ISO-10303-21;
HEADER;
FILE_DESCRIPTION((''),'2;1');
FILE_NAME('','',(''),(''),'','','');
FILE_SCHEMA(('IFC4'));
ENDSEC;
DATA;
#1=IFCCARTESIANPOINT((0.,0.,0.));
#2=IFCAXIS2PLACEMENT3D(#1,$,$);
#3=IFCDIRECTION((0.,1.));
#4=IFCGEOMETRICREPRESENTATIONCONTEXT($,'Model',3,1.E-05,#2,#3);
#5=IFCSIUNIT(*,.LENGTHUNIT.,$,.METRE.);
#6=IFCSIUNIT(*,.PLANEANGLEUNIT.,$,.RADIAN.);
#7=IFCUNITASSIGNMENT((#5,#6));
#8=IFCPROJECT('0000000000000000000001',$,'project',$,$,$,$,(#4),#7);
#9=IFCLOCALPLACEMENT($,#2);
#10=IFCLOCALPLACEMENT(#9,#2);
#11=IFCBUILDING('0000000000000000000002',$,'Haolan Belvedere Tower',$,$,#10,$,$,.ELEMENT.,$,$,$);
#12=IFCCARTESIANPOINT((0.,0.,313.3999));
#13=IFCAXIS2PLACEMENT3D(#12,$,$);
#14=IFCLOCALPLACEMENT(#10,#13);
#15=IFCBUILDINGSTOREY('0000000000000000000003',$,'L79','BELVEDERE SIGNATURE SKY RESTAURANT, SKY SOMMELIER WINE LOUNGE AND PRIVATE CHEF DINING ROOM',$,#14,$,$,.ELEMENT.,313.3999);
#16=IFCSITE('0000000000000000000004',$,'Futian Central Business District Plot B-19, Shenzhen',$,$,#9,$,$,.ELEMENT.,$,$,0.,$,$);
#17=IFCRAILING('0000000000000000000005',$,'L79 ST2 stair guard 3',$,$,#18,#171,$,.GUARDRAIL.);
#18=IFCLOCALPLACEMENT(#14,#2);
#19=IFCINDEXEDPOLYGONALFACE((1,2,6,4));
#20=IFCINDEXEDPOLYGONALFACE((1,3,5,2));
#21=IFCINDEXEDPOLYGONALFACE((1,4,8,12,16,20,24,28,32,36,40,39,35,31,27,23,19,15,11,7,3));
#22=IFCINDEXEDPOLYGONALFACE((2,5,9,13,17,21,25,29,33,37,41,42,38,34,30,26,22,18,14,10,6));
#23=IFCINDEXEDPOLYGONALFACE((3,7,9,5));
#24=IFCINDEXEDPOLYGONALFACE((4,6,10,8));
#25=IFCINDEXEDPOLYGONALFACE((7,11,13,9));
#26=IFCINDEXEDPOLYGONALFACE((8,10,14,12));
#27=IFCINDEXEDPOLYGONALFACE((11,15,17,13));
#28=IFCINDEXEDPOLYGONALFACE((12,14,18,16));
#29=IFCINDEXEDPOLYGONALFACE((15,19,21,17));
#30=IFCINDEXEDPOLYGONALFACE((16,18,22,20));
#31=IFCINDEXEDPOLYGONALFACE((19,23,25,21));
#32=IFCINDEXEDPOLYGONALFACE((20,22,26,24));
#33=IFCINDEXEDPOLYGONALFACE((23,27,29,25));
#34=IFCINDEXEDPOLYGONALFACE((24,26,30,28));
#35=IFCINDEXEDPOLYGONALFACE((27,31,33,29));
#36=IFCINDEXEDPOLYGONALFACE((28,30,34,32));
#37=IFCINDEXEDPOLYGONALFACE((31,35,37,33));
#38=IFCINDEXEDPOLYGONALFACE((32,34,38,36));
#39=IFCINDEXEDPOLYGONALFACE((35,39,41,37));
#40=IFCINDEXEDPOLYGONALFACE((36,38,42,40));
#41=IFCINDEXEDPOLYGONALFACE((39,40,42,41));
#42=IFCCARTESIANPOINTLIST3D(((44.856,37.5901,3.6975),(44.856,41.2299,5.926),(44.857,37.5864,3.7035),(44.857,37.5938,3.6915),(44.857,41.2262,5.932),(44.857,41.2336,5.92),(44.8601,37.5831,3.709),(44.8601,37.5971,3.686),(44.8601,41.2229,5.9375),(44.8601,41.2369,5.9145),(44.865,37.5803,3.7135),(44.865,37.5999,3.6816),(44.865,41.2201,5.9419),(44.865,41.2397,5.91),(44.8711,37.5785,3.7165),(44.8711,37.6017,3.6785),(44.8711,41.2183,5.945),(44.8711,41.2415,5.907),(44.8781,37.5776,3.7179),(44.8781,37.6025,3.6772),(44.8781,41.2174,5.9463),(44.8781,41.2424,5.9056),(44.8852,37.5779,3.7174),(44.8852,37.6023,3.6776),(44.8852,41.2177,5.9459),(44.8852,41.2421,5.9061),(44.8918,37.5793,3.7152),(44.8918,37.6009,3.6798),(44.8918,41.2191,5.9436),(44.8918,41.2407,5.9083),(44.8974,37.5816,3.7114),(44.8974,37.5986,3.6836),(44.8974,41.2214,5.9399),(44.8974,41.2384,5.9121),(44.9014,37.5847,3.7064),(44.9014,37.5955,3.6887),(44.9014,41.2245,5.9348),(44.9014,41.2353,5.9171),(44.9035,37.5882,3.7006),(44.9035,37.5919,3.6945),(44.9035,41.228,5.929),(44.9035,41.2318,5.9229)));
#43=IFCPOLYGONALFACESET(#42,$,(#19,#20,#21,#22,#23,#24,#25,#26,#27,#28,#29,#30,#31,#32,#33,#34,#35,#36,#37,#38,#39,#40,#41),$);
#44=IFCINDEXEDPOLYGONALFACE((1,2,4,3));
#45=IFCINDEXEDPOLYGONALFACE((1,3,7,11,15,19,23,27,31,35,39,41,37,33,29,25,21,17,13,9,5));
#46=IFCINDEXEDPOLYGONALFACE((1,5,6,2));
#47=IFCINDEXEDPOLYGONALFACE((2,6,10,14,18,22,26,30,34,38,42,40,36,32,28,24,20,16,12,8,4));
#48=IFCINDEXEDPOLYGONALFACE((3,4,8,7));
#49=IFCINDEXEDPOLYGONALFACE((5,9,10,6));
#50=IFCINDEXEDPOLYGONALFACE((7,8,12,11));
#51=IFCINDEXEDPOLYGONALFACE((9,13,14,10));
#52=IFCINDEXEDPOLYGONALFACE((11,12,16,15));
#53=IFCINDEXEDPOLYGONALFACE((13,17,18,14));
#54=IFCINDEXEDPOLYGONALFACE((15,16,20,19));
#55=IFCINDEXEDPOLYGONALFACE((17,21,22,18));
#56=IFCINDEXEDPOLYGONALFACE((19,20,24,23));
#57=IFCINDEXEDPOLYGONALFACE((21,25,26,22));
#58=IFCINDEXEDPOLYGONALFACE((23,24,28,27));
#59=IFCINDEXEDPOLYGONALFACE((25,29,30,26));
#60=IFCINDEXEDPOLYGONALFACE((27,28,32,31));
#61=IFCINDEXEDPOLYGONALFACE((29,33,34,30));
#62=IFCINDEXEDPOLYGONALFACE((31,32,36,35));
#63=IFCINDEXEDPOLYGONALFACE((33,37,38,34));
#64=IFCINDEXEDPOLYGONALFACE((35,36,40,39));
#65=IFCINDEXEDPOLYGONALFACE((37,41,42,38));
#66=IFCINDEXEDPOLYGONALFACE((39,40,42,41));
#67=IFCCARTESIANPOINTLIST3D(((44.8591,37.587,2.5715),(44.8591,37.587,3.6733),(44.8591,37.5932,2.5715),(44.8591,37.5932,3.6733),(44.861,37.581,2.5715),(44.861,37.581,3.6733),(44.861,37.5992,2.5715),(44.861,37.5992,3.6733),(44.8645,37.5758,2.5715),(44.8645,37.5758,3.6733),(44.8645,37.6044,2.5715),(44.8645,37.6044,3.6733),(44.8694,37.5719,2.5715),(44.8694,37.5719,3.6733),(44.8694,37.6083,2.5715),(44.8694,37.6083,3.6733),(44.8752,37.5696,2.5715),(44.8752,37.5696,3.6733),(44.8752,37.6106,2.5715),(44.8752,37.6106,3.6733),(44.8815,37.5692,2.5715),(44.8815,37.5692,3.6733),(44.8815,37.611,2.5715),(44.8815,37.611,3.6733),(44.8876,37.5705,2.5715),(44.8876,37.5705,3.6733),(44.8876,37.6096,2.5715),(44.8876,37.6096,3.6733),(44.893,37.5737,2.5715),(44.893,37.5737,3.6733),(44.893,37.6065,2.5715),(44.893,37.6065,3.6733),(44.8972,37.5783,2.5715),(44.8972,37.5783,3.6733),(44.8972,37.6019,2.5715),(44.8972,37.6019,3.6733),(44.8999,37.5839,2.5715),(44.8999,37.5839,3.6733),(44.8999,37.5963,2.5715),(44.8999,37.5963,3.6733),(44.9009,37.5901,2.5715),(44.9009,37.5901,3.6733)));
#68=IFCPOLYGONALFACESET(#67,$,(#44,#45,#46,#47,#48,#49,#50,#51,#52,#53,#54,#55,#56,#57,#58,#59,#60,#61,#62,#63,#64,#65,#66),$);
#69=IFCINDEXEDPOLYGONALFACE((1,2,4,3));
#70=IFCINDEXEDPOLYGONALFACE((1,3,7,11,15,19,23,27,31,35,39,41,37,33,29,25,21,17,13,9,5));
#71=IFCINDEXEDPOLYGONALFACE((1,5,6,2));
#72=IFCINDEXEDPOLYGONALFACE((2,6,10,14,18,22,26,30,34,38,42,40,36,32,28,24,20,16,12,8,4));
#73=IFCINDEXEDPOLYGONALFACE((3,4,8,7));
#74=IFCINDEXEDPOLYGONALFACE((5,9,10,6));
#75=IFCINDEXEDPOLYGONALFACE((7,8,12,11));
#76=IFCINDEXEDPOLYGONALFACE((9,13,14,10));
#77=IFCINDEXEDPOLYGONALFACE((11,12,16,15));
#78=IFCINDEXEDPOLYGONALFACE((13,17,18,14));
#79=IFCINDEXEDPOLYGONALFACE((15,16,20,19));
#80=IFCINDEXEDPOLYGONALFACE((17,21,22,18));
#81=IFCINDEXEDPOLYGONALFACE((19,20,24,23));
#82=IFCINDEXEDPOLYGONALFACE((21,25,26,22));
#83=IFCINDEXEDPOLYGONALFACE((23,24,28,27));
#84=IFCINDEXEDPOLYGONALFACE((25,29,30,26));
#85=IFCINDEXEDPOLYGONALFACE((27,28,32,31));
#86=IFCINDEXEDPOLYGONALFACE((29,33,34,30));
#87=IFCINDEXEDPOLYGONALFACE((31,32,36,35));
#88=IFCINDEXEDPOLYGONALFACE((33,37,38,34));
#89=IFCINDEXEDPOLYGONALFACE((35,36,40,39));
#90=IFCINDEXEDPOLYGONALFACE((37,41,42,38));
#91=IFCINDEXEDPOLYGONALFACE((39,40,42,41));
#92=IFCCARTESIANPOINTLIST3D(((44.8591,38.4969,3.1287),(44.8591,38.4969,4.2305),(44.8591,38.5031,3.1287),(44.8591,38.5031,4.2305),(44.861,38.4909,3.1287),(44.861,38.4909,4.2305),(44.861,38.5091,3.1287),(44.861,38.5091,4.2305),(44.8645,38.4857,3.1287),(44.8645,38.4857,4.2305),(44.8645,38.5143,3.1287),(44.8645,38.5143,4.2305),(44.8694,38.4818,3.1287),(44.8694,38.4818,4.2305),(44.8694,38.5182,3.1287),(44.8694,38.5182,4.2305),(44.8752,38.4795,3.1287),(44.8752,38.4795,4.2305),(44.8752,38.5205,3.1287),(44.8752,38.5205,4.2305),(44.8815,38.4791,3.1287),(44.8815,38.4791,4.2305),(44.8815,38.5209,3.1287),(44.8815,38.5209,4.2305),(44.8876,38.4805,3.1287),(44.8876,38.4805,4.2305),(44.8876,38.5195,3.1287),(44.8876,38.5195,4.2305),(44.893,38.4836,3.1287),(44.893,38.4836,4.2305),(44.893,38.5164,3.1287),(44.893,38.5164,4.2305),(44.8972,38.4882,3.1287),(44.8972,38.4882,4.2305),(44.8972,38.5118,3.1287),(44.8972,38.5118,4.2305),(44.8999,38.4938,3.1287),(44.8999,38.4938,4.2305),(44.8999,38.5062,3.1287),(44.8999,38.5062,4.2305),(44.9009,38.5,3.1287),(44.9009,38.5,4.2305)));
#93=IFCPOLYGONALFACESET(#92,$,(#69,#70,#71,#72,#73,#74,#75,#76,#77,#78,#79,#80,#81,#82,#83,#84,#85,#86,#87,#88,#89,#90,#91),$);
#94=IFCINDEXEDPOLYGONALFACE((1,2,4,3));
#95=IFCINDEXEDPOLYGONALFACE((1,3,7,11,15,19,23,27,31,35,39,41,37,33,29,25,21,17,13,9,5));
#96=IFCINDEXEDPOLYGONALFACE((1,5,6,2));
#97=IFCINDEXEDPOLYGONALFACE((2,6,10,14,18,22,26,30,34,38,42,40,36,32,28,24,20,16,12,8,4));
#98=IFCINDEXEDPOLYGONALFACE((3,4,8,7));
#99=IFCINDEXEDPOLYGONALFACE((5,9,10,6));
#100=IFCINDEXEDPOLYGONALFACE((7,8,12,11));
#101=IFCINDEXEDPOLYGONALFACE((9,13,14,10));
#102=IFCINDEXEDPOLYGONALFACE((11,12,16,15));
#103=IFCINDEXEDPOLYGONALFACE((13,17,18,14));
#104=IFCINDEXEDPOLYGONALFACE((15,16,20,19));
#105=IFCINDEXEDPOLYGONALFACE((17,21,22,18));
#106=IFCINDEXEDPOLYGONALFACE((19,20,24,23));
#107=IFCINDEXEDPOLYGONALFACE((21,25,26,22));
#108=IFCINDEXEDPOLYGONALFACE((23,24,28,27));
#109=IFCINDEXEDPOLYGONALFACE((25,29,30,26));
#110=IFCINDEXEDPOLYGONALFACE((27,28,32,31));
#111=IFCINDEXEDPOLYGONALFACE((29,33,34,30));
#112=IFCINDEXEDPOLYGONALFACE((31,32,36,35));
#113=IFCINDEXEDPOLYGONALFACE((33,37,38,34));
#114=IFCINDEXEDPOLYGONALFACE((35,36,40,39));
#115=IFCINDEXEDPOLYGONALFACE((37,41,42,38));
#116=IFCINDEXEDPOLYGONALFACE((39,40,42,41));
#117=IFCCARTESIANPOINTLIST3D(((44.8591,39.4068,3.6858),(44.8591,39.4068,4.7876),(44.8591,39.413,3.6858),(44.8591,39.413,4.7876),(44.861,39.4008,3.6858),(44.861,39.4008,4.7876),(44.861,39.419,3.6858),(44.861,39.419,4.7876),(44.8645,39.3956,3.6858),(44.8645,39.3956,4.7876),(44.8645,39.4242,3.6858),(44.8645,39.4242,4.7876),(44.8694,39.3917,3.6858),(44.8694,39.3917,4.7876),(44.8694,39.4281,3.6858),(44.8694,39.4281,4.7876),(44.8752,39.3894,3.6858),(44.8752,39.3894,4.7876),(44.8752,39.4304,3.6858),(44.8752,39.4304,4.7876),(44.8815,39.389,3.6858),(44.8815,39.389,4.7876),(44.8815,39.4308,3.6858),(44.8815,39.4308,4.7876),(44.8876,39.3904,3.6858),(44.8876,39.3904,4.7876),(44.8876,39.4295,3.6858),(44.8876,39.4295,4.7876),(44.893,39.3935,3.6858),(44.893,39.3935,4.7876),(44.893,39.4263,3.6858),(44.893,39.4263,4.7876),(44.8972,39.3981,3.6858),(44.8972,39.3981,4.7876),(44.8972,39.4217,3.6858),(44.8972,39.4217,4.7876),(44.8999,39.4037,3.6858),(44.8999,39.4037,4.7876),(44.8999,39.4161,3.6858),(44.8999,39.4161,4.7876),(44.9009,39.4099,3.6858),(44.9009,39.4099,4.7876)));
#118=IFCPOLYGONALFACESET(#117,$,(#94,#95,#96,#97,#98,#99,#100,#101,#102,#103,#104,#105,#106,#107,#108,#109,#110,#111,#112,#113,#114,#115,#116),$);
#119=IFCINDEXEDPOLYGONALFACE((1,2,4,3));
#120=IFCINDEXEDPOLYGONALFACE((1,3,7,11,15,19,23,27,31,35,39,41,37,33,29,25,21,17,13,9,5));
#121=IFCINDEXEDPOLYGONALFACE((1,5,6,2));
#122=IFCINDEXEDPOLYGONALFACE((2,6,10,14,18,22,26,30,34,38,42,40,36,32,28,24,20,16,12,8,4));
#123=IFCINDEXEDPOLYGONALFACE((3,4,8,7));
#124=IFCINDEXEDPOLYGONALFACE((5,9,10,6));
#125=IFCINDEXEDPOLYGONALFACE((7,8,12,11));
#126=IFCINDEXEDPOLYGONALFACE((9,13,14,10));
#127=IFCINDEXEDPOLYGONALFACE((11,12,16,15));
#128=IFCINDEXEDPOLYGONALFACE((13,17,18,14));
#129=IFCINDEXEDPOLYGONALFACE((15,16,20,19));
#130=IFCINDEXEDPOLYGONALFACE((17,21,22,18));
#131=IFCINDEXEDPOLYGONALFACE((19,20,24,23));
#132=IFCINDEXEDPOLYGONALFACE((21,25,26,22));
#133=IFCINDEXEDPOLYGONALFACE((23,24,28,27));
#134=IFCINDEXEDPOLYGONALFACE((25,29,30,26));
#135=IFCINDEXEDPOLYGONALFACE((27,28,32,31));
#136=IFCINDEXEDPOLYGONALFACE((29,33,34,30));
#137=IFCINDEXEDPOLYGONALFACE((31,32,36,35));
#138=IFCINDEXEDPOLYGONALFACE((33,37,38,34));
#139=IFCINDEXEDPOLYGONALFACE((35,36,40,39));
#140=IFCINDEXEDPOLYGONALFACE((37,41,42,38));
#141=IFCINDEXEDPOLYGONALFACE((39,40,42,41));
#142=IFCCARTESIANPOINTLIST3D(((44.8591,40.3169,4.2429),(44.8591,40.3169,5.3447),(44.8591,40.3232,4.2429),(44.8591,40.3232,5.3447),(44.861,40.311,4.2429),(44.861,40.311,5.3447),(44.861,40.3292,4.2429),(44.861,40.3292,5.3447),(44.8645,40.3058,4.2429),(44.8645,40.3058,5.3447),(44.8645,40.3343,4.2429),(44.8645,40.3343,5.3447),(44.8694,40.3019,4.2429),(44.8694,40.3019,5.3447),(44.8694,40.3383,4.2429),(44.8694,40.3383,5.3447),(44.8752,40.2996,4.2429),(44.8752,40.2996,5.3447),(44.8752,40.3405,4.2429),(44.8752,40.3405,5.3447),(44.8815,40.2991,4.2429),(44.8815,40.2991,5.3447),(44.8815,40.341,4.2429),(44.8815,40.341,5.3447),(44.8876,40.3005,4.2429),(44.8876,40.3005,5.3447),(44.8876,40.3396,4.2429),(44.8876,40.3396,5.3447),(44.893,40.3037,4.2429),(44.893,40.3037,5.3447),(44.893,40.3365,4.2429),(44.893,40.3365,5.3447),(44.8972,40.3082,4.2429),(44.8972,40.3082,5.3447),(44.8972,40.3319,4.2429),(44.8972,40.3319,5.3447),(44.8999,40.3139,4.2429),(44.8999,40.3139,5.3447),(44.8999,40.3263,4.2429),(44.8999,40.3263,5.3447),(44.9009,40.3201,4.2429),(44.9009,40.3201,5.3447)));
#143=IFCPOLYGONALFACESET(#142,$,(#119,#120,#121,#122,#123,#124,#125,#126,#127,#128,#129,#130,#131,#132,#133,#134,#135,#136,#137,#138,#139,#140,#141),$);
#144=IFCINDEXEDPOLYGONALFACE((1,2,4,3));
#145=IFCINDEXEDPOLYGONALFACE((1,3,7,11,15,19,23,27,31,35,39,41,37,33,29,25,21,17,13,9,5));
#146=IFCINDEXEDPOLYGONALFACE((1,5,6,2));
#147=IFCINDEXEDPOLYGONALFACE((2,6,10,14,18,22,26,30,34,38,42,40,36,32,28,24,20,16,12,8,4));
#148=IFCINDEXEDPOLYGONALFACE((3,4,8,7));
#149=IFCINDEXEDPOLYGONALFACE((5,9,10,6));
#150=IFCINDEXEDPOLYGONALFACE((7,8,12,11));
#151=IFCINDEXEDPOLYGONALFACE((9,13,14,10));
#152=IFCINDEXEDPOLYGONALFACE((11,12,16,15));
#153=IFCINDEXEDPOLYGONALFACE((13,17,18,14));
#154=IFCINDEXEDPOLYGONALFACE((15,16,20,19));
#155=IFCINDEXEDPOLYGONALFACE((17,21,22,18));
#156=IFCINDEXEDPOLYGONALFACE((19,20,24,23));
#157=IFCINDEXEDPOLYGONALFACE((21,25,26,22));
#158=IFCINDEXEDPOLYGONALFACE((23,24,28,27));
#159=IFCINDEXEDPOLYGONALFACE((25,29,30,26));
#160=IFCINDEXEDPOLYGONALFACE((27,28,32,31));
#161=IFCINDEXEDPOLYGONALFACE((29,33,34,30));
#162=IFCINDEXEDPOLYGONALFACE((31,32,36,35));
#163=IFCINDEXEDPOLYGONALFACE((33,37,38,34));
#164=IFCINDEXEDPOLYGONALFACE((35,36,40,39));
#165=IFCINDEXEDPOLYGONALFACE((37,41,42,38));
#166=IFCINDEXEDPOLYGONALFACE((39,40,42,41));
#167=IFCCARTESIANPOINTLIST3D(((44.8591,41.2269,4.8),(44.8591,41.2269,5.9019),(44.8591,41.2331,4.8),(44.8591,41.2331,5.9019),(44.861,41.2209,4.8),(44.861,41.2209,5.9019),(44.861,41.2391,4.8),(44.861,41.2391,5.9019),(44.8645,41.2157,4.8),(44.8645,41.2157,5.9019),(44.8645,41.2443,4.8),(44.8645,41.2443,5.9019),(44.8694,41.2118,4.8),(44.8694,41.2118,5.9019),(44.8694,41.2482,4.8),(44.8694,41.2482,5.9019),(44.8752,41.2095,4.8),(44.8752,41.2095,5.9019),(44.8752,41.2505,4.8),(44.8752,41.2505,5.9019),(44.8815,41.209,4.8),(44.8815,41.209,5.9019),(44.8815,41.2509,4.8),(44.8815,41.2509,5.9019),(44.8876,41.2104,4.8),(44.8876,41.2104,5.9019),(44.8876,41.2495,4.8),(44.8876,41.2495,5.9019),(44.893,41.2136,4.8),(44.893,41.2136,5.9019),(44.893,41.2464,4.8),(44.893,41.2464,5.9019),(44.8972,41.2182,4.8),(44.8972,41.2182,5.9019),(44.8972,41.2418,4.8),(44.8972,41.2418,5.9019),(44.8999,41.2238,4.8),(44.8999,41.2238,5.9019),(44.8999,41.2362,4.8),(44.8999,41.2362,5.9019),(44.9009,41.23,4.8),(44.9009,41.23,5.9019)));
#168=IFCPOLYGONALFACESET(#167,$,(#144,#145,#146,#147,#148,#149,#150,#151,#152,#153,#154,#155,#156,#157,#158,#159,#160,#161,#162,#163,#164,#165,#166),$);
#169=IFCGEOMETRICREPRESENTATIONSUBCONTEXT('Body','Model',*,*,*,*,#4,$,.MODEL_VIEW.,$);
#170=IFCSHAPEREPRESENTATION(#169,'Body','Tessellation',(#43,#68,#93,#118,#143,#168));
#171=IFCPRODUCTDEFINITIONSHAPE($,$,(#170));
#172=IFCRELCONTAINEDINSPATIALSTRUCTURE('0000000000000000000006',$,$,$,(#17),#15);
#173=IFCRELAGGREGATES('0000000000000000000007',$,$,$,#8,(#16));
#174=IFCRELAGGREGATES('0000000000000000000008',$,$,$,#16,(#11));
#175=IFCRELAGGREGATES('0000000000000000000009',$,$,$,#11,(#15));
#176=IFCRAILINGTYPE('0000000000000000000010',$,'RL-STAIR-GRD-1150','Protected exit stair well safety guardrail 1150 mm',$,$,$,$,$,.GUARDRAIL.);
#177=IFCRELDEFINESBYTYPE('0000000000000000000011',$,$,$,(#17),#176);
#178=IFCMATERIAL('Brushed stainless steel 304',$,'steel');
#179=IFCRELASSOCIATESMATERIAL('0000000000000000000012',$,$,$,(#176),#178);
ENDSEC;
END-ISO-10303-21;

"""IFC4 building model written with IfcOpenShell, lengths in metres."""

from ifc_helpers import new_model, si_unit, direction, frame, origin, origin_2d, place, context, subcontext, project, spatial, circle, extrude, material, type_object, element, save


model = new_model("IFC4")

# Units and contexts
model_context = context("Model", 3, precision=1e-05, world=origin(), true_north=direction((0.0, 1.0)))
body_context = subcontext(model_context, "Body", "Model", "MODEL_VIEW")
ifc_project = project(units=[si_unit("LENGTHUNIT", "METRE"), si_unit("PLANEANGLEUNIT", "RADIAN")], contexts=[model_context])

# Site, building, storey
site_placement = place(None, origin())
site = spatial("IfcSite", under=ifc_project, at=site_placement, Name="Futian Central Business District Plot B-19, Shenzhen", CompositionType="ELEMENT", RefElevation=0.0)
building_placement = place(site_placement, origin())
building = spatial("IfcBuilding", under=site, at=building_placement, Name="Haolan Belvedere Tower", CompositionType="ELEMENT")
storey_placement = place(building_placement, frame((0.0, 0.0, 313.3999)))
storey = spatial("IfcBuildingStorey", under=building, at=storey_placement, Name="L79", Description="BELVEDERE SIGNATURE SKY RESTAURANT, SKY SOMMELIER WINE LOUNGE AND PRIVATE CHEF DINING ROOM", CompositionType="ELEMENT", Elevation=313.3999)

# Railing
ifc_material_1 = material(Name="Brushed stainless steel 304", Category="steel")
railing_type_1 = type_object("IfcRailingType", Name="RL-STAIR-GRD-1150", Description="Protected exit stair well safety guardrail 1150 mm", PredefinedType="GUARDRAIL", material=ifc_material_1)
railing_1_placement = place(storey_placement, frame((44.8799, 37.5901, 2.5715)))
element("IfcRailing", 1, at=railing_1_placement, inside=storey, type_object=railing_type_1, Name="L79 ST2 stair guard 3", PredefinedType="GUARDRAIL", context=body_context, shape_type="SweptSolid", body=[
    extrude(circle(Radius=0.0239, at=origin_2d()), frame((0.0, 0.0, 1.126), z_axis=(0.0, 0.85285, 0.522156), x_axis=(-1.0, 0.0, 0.0)), (0.0, 0.0, 1.0), 4.2678),
    extrude(circle(Radius=0.021, at=origin_2d()), origin(), (0.0, 0.0, 1.0), 1.1018),
    extrude(circle(Radius=0.021, at=origin_2d()), frame((0.0, 0.9099, 0.5571)), (0.0, 0.0, 1.0), 1.1018),
    extrude(circle(Radius=0.021, at=origin_2d()), frame((0.0, 1.8198, 1.1143)), (0.0, 0.0, 1.0), 1.1018),
    extrude(circle(Radius=0.021, at=origin_2d()), frame((0.0, 2.73, 1.6714)), (0.0, 0.0, 1.0), 1.1018),
    extrude(circle(Radius=0.021, at=origin_2d()), frame((0.0, 3.6399, 2.2285)), (0.0, 0.0, 1.0), 1.1018),
])

save(model, "model.ifc")
